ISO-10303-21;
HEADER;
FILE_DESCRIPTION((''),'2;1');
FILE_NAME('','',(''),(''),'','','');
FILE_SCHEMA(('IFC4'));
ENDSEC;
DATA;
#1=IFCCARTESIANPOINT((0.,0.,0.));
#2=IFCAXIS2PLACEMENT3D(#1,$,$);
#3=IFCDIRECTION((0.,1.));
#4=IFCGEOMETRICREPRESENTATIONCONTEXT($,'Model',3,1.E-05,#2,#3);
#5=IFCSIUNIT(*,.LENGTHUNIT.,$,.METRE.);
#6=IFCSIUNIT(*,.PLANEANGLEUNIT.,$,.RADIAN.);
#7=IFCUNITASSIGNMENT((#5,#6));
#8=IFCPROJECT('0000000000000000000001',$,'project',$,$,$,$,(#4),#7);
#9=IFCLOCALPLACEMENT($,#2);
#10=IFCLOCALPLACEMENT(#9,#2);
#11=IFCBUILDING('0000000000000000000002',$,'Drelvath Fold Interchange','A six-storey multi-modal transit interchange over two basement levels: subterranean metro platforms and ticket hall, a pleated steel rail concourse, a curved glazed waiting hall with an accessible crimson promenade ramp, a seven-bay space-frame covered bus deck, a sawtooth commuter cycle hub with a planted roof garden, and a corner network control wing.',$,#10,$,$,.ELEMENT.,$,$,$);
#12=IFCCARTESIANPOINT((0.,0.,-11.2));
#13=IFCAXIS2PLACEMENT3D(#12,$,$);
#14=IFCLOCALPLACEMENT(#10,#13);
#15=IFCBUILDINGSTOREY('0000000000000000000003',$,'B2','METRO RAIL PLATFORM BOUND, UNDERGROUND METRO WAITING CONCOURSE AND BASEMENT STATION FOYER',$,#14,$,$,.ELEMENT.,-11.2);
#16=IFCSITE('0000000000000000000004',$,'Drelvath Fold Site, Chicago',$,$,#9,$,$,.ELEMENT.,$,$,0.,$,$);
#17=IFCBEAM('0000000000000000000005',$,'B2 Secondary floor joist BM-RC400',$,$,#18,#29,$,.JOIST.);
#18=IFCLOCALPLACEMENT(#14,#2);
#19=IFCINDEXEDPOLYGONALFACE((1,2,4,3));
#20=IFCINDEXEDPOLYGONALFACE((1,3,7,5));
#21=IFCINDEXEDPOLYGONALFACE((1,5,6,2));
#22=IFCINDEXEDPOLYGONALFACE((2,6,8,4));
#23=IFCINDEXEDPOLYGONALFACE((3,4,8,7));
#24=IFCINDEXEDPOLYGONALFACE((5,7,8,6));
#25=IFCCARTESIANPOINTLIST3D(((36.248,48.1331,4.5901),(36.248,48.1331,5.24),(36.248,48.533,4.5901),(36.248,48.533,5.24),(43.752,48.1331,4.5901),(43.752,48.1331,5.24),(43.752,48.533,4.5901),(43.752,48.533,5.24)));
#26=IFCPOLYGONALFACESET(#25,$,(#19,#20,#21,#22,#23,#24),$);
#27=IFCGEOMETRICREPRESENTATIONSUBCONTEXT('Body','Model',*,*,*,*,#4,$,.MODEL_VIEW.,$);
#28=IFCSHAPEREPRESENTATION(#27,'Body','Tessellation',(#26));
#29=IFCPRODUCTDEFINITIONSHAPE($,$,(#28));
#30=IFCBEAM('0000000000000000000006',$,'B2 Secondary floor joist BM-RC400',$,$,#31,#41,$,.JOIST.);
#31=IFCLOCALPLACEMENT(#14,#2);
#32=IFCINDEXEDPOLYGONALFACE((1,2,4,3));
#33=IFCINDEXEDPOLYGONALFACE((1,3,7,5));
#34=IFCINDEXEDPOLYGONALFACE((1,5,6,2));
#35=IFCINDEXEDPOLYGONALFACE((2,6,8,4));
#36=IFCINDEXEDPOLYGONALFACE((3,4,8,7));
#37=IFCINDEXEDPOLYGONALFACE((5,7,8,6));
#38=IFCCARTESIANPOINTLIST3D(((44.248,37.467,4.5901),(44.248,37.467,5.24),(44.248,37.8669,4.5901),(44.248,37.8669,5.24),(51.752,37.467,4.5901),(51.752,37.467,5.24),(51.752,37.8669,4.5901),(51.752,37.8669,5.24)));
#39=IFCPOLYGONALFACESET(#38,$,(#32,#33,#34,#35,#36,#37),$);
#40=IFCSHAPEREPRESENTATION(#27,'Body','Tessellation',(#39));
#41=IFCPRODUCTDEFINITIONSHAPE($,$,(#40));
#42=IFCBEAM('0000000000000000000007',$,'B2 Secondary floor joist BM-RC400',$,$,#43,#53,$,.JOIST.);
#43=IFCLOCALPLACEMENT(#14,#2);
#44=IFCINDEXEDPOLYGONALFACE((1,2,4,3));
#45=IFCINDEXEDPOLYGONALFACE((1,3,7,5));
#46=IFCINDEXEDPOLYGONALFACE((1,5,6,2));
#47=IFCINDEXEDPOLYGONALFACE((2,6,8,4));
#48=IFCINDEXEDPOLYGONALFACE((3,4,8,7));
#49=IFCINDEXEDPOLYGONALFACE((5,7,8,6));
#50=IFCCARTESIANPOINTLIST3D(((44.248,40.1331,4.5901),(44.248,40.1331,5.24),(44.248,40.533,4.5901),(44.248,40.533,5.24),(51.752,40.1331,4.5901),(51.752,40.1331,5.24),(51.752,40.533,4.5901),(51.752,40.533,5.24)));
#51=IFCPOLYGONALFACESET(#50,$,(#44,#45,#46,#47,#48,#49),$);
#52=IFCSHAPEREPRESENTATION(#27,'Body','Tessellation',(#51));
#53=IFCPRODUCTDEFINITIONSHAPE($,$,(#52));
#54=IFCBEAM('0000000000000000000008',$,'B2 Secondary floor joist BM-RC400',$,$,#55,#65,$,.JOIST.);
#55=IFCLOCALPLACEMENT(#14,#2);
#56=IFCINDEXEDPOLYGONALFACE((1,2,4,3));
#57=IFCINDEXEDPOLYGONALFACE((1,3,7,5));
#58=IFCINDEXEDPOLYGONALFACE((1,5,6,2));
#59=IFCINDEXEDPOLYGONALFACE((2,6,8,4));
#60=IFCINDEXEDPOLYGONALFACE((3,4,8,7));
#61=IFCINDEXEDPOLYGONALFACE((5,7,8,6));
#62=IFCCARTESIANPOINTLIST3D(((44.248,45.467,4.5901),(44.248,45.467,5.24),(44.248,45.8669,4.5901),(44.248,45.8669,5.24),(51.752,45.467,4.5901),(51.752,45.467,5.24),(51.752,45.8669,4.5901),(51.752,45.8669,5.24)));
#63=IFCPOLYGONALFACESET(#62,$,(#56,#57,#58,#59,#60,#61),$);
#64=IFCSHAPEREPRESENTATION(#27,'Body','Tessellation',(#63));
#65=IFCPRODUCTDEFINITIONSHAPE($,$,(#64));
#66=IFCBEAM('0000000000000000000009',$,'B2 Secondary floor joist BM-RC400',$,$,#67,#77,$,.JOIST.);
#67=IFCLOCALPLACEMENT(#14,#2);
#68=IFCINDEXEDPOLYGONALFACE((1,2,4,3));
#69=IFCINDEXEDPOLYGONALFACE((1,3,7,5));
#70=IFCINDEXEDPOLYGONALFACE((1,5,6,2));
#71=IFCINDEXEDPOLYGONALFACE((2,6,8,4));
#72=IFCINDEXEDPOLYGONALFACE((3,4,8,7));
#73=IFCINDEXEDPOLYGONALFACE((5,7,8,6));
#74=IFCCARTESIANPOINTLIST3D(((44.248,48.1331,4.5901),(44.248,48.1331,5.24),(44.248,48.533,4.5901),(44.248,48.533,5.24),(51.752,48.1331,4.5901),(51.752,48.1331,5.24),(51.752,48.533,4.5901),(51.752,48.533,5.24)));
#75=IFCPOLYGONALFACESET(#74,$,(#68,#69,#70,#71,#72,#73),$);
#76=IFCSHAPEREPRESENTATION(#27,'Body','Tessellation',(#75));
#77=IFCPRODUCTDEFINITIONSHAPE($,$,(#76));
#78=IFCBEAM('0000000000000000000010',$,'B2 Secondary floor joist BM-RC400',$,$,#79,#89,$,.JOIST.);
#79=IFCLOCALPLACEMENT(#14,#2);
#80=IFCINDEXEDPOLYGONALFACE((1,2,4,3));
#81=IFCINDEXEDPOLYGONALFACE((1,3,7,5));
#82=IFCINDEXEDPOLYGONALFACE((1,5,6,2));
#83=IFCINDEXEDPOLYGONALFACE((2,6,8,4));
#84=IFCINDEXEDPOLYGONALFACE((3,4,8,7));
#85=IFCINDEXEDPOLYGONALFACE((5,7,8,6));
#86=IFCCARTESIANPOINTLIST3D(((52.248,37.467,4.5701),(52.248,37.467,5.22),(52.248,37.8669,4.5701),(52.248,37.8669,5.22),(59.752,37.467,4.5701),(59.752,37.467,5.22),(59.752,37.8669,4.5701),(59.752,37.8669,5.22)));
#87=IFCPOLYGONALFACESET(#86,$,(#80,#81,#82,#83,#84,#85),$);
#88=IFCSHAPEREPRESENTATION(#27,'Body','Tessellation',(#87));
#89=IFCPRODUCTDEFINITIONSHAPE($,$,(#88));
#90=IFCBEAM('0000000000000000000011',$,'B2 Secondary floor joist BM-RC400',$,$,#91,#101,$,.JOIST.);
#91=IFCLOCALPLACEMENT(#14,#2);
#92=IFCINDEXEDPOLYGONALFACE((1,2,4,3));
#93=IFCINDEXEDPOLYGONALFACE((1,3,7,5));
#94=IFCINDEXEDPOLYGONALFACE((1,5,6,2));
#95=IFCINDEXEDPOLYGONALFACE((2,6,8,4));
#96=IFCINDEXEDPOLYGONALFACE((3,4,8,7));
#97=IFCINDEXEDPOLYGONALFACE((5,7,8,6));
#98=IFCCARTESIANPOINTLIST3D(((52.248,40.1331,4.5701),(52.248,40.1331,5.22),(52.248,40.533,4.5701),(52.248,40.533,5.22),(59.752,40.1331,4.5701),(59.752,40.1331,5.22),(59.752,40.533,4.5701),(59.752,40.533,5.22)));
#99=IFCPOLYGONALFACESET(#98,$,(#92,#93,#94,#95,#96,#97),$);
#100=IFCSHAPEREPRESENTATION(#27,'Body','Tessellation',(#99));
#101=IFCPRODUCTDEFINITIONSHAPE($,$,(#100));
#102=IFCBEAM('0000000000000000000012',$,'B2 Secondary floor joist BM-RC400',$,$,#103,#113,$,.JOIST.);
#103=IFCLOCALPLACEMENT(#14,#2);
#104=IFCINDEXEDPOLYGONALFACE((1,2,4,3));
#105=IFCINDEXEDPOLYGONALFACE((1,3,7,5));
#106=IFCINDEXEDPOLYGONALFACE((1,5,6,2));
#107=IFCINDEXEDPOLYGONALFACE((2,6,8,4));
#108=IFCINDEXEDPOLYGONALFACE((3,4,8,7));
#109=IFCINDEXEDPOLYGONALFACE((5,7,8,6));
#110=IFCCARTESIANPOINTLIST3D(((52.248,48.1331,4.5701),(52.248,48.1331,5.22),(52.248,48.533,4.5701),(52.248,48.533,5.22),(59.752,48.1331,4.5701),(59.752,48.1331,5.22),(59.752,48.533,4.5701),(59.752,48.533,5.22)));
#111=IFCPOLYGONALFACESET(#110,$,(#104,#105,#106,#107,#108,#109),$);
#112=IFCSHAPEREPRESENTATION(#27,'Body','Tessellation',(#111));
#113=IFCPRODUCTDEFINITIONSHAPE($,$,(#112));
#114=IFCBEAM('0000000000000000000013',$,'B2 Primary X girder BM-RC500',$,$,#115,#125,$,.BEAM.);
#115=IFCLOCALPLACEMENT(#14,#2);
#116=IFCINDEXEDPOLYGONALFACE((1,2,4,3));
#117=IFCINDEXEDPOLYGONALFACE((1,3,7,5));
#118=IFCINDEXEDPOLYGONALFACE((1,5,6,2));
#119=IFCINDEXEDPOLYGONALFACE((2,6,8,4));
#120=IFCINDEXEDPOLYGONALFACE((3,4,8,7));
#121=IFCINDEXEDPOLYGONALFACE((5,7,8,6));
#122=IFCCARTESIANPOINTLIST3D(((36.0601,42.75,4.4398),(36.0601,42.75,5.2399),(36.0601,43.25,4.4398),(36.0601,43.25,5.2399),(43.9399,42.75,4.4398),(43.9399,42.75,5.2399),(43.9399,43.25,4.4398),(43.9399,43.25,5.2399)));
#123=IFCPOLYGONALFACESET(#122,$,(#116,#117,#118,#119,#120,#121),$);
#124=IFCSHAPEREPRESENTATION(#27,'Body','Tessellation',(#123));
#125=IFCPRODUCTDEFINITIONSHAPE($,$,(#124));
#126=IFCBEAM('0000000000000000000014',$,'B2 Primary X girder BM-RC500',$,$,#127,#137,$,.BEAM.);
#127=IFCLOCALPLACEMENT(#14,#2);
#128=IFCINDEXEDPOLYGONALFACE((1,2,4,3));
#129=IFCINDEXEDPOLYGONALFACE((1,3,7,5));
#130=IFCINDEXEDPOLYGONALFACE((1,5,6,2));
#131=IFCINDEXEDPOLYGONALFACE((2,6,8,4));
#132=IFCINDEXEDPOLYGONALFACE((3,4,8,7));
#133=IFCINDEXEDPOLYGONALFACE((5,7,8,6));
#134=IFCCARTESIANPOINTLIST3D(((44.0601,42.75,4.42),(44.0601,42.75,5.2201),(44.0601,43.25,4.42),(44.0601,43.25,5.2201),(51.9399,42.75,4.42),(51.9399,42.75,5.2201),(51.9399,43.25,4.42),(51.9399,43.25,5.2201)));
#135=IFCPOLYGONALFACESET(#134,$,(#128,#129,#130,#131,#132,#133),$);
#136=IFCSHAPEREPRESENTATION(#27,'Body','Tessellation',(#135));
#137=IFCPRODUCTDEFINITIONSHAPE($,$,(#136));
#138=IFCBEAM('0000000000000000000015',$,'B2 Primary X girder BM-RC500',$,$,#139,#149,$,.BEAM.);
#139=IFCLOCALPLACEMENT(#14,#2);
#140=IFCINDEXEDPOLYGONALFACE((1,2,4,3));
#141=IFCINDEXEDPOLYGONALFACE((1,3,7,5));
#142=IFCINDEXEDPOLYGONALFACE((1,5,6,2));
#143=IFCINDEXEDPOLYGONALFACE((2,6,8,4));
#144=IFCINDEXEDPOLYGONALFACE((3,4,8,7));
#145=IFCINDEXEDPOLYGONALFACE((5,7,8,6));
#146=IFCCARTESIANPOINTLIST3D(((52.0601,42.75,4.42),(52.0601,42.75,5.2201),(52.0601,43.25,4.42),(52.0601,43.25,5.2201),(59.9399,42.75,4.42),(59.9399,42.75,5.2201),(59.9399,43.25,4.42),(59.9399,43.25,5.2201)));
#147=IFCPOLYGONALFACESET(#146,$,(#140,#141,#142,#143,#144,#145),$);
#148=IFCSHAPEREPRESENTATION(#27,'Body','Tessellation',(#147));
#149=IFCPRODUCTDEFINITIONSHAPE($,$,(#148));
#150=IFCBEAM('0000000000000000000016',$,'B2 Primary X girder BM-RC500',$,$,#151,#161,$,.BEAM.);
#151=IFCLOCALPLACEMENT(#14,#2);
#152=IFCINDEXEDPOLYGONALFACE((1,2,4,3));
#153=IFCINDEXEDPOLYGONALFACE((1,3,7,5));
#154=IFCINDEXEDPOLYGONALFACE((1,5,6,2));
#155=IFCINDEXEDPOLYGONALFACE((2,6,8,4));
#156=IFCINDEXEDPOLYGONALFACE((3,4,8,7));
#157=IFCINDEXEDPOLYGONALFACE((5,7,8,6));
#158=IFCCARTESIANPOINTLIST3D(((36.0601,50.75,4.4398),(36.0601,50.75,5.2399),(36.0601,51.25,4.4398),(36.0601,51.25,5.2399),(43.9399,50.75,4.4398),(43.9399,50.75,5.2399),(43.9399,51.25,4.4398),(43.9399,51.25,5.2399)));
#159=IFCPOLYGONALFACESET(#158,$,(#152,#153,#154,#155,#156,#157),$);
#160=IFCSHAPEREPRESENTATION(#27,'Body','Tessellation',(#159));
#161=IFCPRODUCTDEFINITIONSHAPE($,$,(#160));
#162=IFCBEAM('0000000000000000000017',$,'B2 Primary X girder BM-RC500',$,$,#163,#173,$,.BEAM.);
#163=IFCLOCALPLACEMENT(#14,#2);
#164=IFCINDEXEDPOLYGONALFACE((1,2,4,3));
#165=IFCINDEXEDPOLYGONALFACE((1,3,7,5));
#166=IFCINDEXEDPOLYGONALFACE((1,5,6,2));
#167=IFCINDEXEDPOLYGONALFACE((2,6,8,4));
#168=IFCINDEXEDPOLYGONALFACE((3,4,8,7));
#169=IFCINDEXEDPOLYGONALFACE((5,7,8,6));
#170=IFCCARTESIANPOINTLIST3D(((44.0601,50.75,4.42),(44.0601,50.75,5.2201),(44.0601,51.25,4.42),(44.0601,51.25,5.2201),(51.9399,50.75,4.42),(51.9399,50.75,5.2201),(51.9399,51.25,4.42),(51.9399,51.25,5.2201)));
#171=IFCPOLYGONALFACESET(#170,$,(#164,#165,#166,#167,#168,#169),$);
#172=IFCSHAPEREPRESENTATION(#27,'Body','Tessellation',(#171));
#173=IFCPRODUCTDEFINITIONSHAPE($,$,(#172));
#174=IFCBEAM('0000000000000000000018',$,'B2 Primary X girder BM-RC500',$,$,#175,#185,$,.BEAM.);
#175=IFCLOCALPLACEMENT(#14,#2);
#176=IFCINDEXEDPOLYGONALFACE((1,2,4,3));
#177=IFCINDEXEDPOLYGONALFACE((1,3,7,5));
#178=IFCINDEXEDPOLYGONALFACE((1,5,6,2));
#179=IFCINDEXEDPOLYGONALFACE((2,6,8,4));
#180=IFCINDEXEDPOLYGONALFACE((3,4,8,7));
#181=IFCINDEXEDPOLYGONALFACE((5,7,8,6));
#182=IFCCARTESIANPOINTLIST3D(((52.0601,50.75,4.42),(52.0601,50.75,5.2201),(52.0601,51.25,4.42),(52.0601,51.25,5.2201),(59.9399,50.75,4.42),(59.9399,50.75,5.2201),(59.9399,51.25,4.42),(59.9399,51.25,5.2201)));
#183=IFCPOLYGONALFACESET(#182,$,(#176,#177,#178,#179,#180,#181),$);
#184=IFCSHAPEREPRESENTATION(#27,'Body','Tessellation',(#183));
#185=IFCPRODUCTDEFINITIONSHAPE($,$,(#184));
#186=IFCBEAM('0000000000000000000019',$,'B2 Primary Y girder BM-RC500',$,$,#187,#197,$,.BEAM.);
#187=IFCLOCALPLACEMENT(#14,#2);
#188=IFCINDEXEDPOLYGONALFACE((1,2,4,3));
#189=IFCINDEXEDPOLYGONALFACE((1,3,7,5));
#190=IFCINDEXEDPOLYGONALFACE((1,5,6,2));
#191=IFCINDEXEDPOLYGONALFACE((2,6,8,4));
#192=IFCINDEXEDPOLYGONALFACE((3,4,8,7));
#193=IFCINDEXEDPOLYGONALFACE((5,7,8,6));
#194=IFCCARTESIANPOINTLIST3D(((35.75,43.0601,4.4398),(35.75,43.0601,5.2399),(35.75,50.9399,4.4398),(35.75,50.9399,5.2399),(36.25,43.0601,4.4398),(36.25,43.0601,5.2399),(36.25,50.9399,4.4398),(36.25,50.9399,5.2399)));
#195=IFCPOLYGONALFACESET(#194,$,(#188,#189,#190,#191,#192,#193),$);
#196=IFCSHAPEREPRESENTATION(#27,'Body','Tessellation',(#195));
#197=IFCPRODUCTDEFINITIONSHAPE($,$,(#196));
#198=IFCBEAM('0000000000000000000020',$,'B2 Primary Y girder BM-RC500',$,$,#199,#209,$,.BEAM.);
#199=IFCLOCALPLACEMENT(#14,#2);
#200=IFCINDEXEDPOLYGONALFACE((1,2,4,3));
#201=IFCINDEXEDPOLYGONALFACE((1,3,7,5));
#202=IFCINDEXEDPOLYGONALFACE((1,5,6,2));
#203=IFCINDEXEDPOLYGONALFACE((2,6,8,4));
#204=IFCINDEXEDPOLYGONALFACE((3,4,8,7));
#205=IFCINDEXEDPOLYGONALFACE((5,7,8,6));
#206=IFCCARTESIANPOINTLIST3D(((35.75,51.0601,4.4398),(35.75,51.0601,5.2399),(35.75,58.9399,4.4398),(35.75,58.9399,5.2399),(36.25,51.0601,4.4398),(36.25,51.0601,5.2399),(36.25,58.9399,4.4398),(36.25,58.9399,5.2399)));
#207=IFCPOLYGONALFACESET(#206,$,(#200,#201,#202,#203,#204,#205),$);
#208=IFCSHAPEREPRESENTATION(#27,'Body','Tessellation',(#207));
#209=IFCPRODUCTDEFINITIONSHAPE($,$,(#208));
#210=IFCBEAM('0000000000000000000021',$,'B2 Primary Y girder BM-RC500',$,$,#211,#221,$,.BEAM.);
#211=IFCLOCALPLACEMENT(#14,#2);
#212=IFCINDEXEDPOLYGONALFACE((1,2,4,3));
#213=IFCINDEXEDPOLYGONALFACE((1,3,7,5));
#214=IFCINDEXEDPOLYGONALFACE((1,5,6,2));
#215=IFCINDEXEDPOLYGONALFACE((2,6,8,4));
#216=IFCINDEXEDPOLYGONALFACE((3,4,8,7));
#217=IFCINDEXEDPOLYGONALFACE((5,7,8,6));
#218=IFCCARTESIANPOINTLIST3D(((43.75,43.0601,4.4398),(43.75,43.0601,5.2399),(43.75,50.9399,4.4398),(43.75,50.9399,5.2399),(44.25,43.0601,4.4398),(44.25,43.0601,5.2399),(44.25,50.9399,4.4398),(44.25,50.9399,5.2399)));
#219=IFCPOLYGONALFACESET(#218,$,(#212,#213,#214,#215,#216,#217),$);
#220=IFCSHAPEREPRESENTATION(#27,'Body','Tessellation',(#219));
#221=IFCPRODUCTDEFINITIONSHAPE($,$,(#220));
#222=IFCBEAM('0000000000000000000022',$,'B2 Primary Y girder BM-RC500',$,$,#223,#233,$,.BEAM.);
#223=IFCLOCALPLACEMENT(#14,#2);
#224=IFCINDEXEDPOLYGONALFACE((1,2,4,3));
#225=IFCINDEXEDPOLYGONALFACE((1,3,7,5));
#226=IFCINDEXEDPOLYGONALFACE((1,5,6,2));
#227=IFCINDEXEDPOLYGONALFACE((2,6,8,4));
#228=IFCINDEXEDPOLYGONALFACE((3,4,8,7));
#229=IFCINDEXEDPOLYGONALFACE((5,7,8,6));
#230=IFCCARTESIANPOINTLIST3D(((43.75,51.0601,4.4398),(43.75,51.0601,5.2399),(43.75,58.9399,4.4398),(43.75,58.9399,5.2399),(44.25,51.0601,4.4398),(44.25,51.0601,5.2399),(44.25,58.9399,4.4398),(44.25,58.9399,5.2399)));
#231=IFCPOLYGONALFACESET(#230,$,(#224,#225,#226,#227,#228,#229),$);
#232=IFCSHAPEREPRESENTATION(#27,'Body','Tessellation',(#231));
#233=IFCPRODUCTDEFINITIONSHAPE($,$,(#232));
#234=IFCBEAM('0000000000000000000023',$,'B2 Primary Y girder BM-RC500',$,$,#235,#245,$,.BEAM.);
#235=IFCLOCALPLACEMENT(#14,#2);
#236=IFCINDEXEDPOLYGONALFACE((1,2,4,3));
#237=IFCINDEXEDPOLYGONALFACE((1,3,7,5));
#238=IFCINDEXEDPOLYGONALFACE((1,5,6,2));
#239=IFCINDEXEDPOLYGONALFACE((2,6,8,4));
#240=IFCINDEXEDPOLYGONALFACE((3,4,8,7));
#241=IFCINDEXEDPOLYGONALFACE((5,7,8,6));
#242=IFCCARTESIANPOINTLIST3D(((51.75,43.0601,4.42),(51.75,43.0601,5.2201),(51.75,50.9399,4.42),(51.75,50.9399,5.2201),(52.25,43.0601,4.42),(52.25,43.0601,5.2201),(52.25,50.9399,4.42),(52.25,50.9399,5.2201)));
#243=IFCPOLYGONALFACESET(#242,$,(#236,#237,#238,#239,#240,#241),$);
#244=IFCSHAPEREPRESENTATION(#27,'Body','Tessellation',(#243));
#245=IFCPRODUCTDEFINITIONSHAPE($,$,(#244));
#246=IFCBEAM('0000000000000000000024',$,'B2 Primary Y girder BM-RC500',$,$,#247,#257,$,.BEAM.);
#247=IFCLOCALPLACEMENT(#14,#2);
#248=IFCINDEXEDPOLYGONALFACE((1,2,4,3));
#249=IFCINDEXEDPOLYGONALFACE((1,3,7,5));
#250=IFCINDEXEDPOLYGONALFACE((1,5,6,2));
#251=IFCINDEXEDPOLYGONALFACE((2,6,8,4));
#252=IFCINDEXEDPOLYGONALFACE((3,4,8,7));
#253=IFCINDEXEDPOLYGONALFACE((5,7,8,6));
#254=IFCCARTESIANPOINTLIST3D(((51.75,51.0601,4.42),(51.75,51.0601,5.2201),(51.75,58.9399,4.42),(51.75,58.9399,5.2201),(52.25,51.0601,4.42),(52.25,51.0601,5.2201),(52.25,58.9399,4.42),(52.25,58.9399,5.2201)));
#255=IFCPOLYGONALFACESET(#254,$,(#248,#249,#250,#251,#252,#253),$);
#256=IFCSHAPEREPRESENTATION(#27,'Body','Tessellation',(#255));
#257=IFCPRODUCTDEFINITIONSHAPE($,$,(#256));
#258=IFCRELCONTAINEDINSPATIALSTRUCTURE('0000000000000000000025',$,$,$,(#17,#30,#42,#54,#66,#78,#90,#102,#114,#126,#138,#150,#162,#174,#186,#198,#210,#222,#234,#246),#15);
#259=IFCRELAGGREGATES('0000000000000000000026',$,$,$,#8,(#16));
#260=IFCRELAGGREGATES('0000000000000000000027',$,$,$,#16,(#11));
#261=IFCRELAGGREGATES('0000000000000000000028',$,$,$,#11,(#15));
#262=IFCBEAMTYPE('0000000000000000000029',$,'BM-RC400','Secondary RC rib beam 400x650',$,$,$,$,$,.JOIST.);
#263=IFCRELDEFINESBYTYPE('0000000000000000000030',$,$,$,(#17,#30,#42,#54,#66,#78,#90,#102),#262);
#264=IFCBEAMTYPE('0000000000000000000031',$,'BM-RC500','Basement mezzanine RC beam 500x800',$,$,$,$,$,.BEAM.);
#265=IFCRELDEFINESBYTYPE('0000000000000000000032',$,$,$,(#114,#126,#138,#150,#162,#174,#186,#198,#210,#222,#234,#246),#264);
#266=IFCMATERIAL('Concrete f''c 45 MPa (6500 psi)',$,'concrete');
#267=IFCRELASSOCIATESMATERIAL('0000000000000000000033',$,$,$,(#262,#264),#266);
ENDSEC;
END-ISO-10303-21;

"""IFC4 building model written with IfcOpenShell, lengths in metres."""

from ifc_helpers import new_model, si_unit, direction, frame, origin, origin_2d, place, context, subcontext, project, spatial, rectangle, extrude, material, material_profile, profile_set, type_object, element, save


model = new_model("IFC4")

# Units and contexts
model_context = context("Model", 3, precision=1e-05, world=origin(), true_north=direction((0.0, 1.0)))
body_context = subcontext(model_context, "Body", "Model", "MODEL_VIEW")
ifc_project = project(units=[si_unit("LENGTHUNIT", "METRE"), si_unit("PLANEANGLEUNIT", "RADIAN")], contexts=[model_context])

# Site, building, storey
site_placement = place(None, origin())
site = spatial("IfcSite", under=ifc_project, at=site_placement, Name="Drelvath Fold Site, Chicago", CompositionType="ELEMENT", RefElevation=0.0)
building_placement = place(site_placement, origin())
building = spatial("IfcBuilding", under=site, at=building_placement, Name="Drelvath Fold Interchange", Description="A six-storey multi-modal transit interchange over two basement levels: subterranean metro platforms and ticket hall, a pleated steel rail concourse, a curved glazed waiting hall with an accessible crimson promenade ramp, a seven-bay space-frame covered bus deck, a sawtooth commuter cycle hub with a planted roof garden, and a corner network control wing.", CompositionType="ELEMENT")
storey_placement = place(building_placement, frame((0.0, 0.0, -11.2)))
storey = spatial("IfcBuildingStorey", under=building, at=storey_placement, Name="B2", Description="METRO RAIL PLATFORM BOUND, UNDERGROUND METRO WAITING CONCOURSE AND BASEMENT STATION FOYER", CompositionType="ELEMENT", Elevation=-11.2)

# Beams
ifc_material_1 = material(Name="Concrete f'c 45 MPa (6500 psi)", Category="concrete")
ifc_material_profile_1 = material_profile(ifc_material_1, rectangle(XDim=0.3999, YDim=0.6499, at=origin_2d()), Name="RC 400x650")
ifc_profile_set_1 = profile_set([ifc_material_profile_1], Name="Concrete f'c 45 MPa (6500 psi)")
beam_type_1 = type_object("IfcBeamType", Name="BM-RC400", Description="Secondary RC rib beam 400x650", PredefinedType="JOIST", material=ifc_profile_set_1)
for number, where, z_axis, x_axis, name in (
    (1, (36.248, 48.333, 4.915), (1.0, 0.0, 0.0), (0.0, 1.0, 0.0), "B2 Secondary floor joist BM-RC400"),
    (2, (44.248, 37.667, 4.915), (1.0, 0.0, 0.0), (0.0, 1.0, 0.0), "B2 Secondary floor joist BM-RC400"),
    (3, (44.248, 40.333, 4.915), (1.0, 0.0, 0.0), (0.0, 1.0, 0.0), "B2 Secondary floor joist BM-RC400"),
    (4, (44.248, 45.667, 4.915), (1.0, 0.0, 0.0), (0.0, 1.0, 0.0), "B2 Secondary floor joist BM-RC400"),
    (5, (44.248, 48.333, 4.915), (1.0, 0.0, 0.0), (0.0, 1.0, 0.0), "B2 Secondary floor joist BM-RC400"),
    (6, (52.248, 37.667, 4.895), (1.0, 0.0, 0.0), (0.0, 1.0, 0.0), "B2 Secondary floor joist BM-RC400"),
    (7, (52.248, 40.333, 4.895), (1.0, 0.0, 0.0), (0.0, 1.0, 0.0), "B2 Secondary floor joist BM-RC400"),
    (8, (52.248, 48.333, 4.895), (1.0, 0.0, 0.0), (0.0, 1.0, 0.0), "B2 Secondary floor joist BM-RC400"),
):
    element("IfcBeam", number, at=place(storey_placement, frame(where, z_axis=z_axis, x_axis=x_axis)), inside=storey, type_object=beam_type_1, Name=name, PredefinedType="JOIST", context=body_context, shape_type="SweptSolid", body=[
        extrude(rectangle(XDim=0.3999, YDim=0.6499, at=origin_2d()), origin(), (0.0, 0.0, 1.0), 7.5039),
    ])
ifc_material_profile_2 = material_profile(ifc_material_1, rectangle(XDim=0.5, YDim=0.8, at=origin_2d()), Name="RC 500x800")
ifc_profile_set_2 = profile_set([ifc_material_profile_2], Name="Concrete f'c 45 MPa (6500 psi)")
beam_type_2 = type_object("IfcBeamType", Name="BM-RC500", Description="Basement mezzanine RC beam 500x800", PredefinedType="BEAM", material=ifc_profile_set_2)
for number, where, z_axis, x_axis, name in (
    (9, (36.0601, 43.0, 4.8398), (1.0, 0.0, 0.0), (0.0, 1.0, 0.0), "B2 Primary X girder BM-RC500"),
    (10, (44.0601, 43.0, 4.8201), (1.0, 0.0, 0.0), (0.0, 1.0, 0.0), "B2 Primary X girder BM-RC500"),
    (11, (52.0601, 43.0, 4.8201), (1.0, 0.0, 0.0), (0.0, 1.0, 0.0), "B2 Primary X girder BM-RC500"),
    (12, (36.0601, 51.0, 4.8398), (1.0, 0.0, 0.0), (0.0, 1.0, 0.0), "B2 Primary X girder BM-RC500"),
    (13, (44.0601, 51.0, 4.8201), (1.0, 0.0, 0.0), (0.0, 1.0, 0.0), "B2 Primary X girder BM-RC500"),
    (14, (52.0601, 51.0, 4.8201), (1.0, 0.0, 0.0), (0.0, 1.0, 0.0), "B2 Primary X girder BM-RC500"),
    (15, (36.0, 43.0601, 4.8398), (0.0, 1.0, 0.0), (-1.0, 0.0, 0.0), "B2 Primary Y girder BM-RC500"),
    (16, (36.0, 51.0601, 4.8398), (0.0, 1.0, 0.0), (-1.0, 0.0, 0.0), "B2 Primary Y girder BM-RC500"),
    (17, (44.0, 43.0601, 4.8398), (0.0, 1.0, 0.0), (-1.0, 0.0, 0.0), "B2 Primary Y girder BM-RC500"),
    (18, (44.0, 51.0601, 4.8398), (0.0, 1.0, 0.0), (-1.0, 0.0, 0.0), "B2 Primary Y girder BM-RC500"),
    (19, (52.0, 43.0601, 4.8201), (0.0, 1.0, 0.0), (-1.0, 0.0, 0.0), "B2 Primary Y girder BM-RC500"),
    (20, (52.0, 51.0601, 4.8201), (0.0, 1.0, 0.0), (-1.0, 0.0, 0.0), "B2 Primary Y girder BM-RC500"),
):
    element("IfcBeam", number, at=place(storey_placement, frame(where, z_axis=z_axis, x_axis=x_axis)), inside=storey, type_object=beam_type_2, Name=name, PredefinedType="BEAM", context=body_context, shape_type="SweptSolid", body=[
        extrude(rectangle(XDim=0.5, YDim=0.8, at=origin_2d()), origin(), (0.0, 0.0, 1.0), 7.8799),
    ])

save(model, "model.ifc")
